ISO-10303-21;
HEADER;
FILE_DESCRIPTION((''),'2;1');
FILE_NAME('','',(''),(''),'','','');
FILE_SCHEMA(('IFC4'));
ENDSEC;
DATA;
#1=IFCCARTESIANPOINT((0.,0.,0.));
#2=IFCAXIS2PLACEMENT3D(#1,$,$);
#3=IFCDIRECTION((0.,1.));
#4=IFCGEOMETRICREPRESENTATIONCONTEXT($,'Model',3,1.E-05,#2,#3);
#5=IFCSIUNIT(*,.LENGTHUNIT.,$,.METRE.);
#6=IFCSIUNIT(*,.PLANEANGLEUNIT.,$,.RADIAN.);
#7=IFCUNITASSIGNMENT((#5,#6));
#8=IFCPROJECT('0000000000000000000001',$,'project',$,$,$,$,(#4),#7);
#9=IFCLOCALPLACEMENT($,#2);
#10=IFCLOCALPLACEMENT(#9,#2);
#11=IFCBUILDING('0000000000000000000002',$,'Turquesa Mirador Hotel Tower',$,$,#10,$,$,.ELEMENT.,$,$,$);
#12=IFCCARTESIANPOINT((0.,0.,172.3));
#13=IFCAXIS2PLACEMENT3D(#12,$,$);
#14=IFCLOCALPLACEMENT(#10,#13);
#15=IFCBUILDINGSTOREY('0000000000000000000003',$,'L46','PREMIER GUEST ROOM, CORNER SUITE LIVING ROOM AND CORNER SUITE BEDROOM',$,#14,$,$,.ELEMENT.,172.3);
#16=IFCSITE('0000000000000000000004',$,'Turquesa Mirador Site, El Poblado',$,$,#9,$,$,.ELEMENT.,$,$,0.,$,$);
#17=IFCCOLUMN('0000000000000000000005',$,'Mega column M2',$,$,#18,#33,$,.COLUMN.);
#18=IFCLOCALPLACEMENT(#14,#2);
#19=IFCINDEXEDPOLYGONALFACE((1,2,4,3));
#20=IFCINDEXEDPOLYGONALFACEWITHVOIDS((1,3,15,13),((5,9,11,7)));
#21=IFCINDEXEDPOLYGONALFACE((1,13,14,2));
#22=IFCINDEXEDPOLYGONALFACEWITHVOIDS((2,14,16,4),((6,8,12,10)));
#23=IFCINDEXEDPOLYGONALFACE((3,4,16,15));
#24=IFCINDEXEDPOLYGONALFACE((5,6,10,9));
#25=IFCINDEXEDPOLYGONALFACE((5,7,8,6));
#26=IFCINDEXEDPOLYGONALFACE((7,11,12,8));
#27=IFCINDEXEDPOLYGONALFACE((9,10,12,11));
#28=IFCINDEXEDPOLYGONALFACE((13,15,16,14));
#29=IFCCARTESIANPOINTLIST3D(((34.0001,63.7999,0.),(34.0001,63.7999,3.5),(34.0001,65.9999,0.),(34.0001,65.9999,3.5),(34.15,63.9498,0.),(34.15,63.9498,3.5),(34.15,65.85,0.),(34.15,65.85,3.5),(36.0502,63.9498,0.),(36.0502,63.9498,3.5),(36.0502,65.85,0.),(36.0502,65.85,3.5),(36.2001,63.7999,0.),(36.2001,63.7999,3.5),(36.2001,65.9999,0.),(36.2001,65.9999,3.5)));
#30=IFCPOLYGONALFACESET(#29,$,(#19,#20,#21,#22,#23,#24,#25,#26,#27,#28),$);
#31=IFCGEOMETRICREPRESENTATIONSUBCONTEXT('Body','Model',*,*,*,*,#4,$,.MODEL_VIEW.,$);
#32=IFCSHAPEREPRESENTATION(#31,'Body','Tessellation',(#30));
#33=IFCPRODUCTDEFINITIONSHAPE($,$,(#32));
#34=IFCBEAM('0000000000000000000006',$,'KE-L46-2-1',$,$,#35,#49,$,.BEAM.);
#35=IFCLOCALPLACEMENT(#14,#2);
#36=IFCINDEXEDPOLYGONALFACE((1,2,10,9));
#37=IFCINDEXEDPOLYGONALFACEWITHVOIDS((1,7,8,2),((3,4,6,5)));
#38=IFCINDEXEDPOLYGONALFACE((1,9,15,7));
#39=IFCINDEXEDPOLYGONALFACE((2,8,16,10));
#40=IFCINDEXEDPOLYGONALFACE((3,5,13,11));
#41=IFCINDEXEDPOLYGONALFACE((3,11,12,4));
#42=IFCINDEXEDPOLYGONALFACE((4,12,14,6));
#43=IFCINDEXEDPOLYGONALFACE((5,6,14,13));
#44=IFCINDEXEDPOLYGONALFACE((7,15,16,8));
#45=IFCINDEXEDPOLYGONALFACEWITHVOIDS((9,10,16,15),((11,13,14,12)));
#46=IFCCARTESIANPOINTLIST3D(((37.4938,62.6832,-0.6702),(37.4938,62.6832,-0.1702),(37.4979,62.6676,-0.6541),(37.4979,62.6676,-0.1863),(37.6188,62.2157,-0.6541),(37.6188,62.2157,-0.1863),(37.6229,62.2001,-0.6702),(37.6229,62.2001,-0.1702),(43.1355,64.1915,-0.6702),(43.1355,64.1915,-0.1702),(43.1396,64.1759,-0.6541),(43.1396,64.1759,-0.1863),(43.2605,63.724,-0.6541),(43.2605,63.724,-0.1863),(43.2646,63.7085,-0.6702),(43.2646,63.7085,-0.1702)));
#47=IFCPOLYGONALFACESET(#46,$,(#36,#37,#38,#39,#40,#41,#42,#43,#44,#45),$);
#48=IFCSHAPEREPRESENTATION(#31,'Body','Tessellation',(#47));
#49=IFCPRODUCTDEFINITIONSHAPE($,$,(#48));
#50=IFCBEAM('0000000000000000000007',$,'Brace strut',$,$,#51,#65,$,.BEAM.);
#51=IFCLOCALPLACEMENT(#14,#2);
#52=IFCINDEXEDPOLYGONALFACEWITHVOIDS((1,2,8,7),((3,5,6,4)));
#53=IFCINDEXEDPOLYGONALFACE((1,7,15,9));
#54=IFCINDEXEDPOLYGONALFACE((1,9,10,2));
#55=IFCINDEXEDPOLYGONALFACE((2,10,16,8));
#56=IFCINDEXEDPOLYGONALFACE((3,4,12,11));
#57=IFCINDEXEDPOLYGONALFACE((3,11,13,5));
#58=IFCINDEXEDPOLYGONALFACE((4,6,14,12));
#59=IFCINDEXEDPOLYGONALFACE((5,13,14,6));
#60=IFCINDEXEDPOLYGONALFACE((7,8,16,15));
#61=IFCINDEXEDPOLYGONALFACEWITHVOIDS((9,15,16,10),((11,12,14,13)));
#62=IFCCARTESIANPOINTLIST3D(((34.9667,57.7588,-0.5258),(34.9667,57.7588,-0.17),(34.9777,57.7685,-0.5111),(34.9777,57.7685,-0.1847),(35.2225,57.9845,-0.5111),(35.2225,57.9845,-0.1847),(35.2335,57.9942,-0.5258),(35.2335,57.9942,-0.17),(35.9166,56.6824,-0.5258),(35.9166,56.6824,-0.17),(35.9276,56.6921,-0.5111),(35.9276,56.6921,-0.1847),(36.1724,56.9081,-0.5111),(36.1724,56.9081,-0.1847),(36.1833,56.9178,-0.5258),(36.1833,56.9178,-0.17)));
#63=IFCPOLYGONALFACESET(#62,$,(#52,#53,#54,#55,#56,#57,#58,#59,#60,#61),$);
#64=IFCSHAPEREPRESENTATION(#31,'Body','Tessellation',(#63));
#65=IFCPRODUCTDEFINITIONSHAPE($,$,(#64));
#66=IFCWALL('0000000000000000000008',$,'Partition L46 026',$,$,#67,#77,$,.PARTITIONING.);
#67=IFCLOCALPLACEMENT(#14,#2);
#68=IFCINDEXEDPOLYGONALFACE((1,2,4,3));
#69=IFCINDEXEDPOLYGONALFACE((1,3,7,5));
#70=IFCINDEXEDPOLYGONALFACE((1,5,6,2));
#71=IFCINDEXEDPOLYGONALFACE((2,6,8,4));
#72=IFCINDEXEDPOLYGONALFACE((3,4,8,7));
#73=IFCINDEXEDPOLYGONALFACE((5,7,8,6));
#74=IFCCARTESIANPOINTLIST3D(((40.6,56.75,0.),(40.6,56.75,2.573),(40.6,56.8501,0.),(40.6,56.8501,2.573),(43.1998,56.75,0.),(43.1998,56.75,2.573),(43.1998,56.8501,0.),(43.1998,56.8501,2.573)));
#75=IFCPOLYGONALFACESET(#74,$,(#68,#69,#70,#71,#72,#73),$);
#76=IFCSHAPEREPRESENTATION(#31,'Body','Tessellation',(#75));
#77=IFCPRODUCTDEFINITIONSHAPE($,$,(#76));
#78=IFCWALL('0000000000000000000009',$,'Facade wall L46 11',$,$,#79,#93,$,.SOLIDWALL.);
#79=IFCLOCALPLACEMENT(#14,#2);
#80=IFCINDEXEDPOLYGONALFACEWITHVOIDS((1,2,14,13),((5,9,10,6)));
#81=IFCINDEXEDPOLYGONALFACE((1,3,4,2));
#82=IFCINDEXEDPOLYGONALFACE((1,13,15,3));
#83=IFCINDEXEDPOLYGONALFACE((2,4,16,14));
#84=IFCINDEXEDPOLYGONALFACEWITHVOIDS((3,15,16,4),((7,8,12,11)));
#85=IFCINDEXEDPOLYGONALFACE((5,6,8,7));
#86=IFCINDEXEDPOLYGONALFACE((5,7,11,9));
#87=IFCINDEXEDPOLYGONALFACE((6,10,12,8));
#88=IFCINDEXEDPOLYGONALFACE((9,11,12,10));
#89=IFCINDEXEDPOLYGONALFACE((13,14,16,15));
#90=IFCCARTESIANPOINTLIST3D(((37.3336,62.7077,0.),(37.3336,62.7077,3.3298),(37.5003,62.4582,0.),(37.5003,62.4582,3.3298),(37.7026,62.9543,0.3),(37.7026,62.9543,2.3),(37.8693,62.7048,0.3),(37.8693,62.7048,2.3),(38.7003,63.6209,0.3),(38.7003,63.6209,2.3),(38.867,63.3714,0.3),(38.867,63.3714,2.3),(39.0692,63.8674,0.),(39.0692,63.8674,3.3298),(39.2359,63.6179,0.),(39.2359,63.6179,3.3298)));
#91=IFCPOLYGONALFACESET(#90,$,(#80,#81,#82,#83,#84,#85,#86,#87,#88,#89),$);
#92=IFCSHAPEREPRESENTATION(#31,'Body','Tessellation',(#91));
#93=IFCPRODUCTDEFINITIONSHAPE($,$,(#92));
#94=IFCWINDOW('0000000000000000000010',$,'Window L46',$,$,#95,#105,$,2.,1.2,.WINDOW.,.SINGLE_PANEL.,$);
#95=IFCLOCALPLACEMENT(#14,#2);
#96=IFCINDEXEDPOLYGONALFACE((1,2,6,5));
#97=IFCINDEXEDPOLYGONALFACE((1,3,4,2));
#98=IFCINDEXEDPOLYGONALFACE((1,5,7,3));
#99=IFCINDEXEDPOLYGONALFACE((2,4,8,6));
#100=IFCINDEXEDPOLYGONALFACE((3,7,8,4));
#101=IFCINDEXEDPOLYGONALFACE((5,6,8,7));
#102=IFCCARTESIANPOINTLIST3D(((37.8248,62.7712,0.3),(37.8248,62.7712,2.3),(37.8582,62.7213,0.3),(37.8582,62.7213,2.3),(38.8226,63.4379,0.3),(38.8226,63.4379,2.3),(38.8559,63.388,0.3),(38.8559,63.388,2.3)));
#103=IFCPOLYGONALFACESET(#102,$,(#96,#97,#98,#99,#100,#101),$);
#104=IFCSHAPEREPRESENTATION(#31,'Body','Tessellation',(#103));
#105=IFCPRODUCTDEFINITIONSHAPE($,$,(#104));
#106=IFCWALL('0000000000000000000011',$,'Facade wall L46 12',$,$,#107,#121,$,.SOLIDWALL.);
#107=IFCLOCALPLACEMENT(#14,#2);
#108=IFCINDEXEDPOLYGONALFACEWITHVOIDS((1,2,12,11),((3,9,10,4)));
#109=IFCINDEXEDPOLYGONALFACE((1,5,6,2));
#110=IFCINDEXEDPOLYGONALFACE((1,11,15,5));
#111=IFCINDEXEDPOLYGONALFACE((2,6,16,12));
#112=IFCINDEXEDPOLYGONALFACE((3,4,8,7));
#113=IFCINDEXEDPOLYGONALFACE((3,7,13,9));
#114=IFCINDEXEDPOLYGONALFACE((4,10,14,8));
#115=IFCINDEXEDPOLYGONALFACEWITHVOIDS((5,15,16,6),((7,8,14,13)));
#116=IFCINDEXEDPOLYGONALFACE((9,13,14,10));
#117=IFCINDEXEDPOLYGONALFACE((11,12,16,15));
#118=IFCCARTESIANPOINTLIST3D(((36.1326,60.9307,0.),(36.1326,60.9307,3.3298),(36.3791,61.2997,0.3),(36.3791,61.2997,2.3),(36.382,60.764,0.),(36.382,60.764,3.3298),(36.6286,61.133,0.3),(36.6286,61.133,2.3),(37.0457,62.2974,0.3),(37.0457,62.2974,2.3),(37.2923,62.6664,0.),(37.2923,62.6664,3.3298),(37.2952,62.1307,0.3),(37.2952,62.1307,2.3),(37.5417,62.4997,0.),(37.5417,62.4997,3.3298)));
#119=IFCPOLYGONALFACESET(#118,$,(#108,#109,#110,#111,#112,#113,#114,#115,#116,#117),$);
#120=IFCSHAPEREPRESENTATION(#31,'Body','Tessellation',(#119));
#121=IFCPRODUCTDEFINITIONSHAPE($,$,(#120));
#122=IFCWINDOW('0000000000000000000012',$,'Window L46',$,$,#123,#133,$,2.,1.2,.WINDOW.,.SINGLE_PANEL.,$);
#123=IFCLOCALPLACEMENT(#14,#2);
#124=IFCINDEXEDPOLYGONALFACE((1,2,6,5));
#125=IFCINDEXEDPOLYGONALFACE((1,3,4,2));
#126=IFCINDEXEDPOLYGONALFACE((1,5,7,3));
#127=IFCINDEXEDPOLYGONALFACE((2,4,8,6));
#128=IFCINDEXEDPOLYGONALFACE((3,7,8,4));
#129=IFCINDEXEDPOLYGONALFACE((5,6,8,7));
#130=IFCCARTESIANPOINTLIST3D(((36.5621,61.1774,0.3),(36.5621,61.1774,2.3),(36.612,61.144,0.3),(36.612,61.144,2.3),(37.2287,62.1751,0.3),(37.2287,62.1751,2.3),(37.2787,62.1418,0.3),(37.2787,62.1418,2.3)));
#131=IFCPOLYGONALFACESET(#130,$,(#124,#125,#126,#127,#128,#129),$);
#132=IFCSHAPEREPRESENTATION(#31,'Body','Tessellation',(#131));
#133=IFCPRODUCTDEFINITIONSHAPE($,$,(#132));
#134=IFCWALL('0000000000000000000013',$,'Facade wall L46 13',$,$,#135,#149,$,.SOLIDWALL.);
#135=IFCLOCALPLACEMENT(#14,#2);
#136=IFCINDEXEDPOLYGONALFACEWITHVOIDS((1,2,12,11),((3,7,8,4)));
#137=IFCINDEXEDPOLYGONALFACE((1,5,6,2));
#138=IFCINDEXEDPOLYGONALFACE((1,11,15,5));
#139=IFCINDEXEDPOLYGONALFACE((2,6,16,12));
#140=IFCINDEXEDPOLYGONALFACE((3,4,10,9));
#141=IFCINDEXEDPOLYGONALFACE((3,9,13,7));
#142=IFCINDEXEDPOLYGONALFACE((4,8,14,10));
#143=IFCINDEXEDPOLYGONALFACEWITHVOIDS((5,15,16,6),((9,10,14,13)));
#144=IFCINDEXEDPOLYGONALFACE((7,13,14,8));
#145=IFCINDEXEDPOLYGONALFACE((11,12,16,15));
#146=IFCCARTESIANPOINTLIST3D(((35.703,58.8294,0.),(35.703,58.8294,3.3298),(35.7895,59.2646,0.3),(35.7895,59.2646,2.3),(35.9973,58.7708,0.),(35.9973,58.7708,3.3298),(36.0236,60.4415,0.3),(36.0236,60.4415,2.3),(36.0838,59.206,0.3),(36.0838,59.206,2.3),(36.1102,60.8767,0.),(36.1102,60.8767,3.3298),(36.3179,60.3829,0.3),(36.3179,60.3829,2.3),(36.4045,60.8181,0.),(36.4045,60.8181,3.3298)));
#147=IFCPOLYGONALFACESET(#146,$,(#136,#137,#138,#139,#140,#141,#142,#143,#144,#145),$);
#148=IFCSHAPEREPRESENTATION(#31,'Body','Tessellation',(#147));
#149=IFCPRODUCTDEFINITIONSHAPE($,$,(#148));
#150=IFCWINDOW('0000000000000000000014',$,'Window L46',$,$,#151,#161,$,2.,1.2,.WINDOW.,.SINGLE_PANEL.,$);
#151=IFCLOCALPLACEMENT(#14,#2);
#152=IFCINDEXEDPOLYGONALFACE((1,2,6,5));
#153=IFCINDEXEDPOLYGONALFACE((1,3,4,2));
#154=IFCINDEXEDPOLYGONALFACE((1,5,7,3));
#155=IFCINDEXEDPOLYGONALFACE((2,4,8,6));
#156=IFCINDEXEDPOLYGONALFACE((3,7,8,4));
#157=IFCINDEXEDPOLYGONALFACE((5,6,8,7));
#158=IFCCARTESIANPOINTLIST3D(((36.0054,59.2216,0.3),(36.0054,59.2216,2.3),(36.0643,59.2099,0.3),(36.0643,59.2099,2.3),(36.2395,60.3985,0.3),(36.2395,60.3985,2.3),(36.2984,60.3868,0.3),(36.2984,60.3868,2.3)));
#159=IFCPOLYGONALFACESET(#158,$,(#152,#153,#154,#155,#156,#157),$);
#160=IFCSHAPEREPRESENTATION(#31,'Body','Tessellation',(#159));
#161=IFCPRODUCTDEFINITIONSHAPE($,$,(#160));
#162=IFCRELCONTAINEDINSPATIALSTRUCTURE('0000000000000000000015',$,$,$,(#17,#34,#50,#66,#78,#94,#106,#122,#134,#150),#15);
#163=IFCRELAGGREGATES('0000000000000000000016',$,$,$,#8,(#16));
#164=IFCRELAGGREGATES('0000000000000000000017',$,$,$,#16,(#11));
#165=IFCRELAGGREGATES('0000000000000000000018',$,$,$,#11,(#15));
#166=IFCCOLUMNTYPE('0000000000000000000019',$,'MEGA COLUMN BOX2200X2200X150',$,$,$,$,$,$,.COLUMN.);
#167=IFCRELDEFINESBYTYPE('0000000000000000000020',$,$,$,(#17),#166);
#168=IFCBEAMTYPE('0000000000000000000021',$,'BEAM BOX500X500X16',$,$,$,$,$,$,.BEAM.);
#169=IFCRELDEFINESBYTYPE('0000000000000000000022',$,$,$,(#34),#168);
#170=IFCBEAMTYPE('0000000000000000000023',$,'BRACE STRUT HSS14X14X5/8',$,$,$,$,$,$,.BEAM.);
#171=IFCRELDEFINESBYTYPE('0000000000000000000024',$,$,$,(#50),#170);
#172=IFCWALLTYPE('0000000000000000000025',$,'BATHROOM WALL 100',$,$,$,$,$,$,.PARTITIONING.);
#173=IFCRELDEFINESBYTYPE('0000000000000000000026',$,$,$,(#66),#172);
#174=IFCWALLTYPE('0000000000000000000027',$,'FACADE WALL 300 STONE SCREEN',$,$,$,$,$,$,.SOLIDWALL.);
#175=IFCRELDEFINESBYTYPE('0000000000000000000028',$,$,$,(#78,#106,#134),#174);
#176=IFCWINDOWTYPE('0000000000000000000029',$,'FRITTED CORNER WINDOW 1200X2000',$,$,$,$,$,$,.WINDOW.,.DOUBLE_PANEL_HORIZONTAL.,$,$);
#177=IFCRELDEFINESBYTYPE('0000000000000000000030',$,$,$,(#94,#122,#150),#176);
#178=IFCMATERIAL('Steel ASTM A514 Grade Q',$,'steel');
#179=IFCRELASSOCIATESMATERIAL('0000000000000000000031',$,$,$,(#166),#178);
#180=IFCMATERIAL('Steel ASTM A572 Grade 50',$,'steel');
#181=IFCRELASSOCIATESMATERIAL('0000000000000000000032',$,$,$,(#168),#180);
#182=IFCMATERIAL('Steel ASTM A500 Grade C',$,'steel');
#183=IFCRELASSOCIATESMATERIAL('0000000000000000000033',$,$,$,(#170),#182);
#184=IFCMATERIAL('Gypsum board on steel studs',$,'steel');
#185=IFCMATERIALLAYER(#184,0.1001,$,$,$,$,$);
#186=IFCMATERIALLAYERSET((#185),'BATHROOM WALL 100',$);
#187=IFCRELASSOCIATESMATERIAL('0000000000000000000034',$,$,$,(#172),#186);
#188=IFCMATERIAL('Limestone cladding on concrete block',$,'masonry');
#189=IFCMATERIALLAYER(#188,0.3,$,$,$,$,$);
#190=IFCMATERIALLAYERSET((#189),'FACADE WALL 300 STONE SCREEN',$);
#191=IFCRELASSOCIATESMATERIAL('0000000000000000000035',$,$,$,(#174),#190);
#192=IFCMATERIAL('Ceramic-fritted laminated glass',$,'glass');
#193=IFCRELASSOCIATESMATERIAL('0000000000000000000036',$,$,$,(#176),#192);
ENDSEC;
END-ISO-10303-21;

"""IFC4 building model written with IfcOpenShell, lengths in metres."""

from ifc_helpers import new_model, si_unit, direction, frame, frame_2d, origin, origin_2d, place, context, subcontext, project, spatial, rectangle, hollow_rectangle, extrude, material, layer, layer_set, material_profile, profile_set, type_object, element, fill, save


model = new_model("IFC4")

# Units and contexts
model_context = context("Model", 3, precision=1e-05, world=origin(), true_north=direction((0.0, 1.0)))
body_context = subcontext(model_context, "Body", "Model", "MODEL_VIEW")
ifc_project = project(units=[si_unit("LENGTHUNIT", "METRE"), si_unit("PLANEANGLEUNIT", "RADIAN")], contexts=[model_context])

# Site, building, storey
site_placement = place(None, origin())
site = spatial("IfcSite", under=ifc_project, at=site_placement, Name="Turquesa Mirador Site, El Poblado", CompositionType="ELEMENT", RefElevation=0.0)
building_placement = place(site_placement, origin())
building = spatial("IfcBuilding", under=site, at=building_placement, Name="Turquesa Mirador Hotel Tower", CompositionType="ELEMENT")
storey_placement = place(building_placement, frame((0.0, 0.0, 172.3)))
storey = spatial("IfcBuildingStorey", under=building, at=storey_placement, Name="L46", Description="PREMIER GUEST ROOM, CORNER SUITE LIVING ROOM AND CORNER SUITE BEDROOM", CompositionType="ELEMENT", Elevation=172.3)

# Column
ifc_material_1 = material(Name="Steel ASTM A514 Grade Q", Category="steel")
ifc_material_profile_1 = material_profile(ifc_material_1, hollow_rectangle(XDim=2.2, YDim=2.2, WallThickness=0.1499, at=origin_2d()), Name="BOX2200X2200X150")
ifc_profile_set_1 = profile_set([ifc_material_profile_1], Name="Steel ASTM A514 Grade Q")
column_type = type_object("IfcColumnType", Name="MEGA COLUMN BOX2200X2200X150", PredefinedType="COLUMN", material=ifc_profile_set_1)
column_placement = place(storey_placement, frame((35.1001, 64.8999, 0.0), z_axis=(0.0, 0.0, 1.0), x_axis=(1.0, 0.0, 0.0)))
element("IfcColumn", 1, at=column_placement, inside=storey, type_object=column_type, Name="Mega column M2", PredefinedType="COLUMN", context=body_context, shape_type="SweptSolid", body=[
    extrude(hollow_rectangle(XDim=2.2, YDim=2.2, WallThickness=0.1499, at=origin_2d()), origin(), (0.0, 0.0, 1.0), 3.5),
])

# Beams
ifc_material_2 = material(Name="Steel ASTM A572 Grade 50", Category="steel")
ifc_material_profile_2 = material_profile(ifc_material_2, hollow_rectangle(XDim=0.5, YDim=0.5, WallThickness=0.0161, at=origin_2d()), Name="BOX500X500X16")
ifc_profile_set_2 = profile_set([ifc_material_profile_2], Name="Steel ASTM A572 Grade 50")
beam_type_1 = type_object("IfcBeamType", Name="BEAM BOX500X500X16", PredefinedType="BEAM", material=ifc_profile_set_2)
beam_1_placement = place(storey_placement, frame((37.5583, 62.4417, -0.4202), z_axis=(0.96607, 0.258282, 0.0), x_axis=(-0.258282, 0.96607, 0.0)))
element("IfcBeam", 2, at=beam_1_placement, inside=storey, type_object=beam_type_1, Name="KE-L46-2-1", PredefinedType="BEAM", context=body_context, shape_type="SweptSolid", body=[
    extrude(hollow_rectangle(XDim=0.5, YDim=0.5, WallThickness=0.0161, at=origin_2d()), origin(), (0.0, 0.0, 1.0), 5.8398),
])
ifc_material_3 = material(Name="Steel ASTM A500 Grade C", Category="steel")
ifc_material_profile_3 = material_profile(ifc_material_3, hollow_rectangle(XDim=0.3557, YDim=0.3557, WallThickness=0.0146, at=origin_2d()), Name="HSS14X14X5/8")
ifc_profile_set_3 = profile_set([ifc_material_profile_3], Name="Steel ASTM A500 Grade C")
beam_type_2 = type_object("IfcBeamType", Name="BRACE STRUT HSS14X14X5/8", PredefinedType="BEAM", material=ifc_profile_set_3)
beam_2_placement = place(storey_placement, frame((35.1001, 57.8765, -0.3479), z_axis=(0.661689, -0.749778, 0.0), x_axis=(0.749778, 0.661689, 0.0)))
element("IfcBeam", 3, at=beam_2_placement, inside=storey, type_object=beam_type_2, Name="Brace strut", PredefinedType="BEAM", context=body_context, shape_type="SweptSolid", body=[
    extrude(hollow_rectangle(XDim=0.3557, YDim=0.3557, WallThickness=0.0146, at=origin_2d()), origin(), (0.0, 0.0, 1.0), 1.4355),
])

# Wall
ifc_material_4 = material(Name="Gypsum board on steel studs", Category="steel")
ifc_layer_1 = layer(ifc_material_4, 0.1001)
ifc_layer_set_1 = layer_set([ifc_layer_1], Name="BATHROOM WALL 100")
wall_type_1 = type_object("IfcWallType", Name="BATHROOM WALL 100", PredefinedType="PARTITIONING", material=ifc_layer_set_1)
wall_1_placement = place(storey_placement, frame((40.6001, 56.8, 0.0), z_axis=(0.0, 0.0, 1.0), x_axis=(1.0, 0.0, 0.0)))
element("IfcWall", 4, at=wall_1_placement, inside=storey, type_object=wall_type_1, Name="Partition L46 026", PredefinedType="PARTITIONING", context=body_context, shape_type="SweptSolid", body=[
    extrude(rectangle(XDim=2.5999, YDim=0.1001, at=frame_2d((1.2998, 0.0))), origin(), (0.0, 0.0, 1.0), 2.573),
])

# Walls, openings, windows
ifc_material_5 = material(Name="Limestone cladding on concrete block", Category="masonry")
ifc_layer_2 = layer(ifc_material_5, 0.3)
ifc_layer_set_2 = layer_set([ifc_layer_2], Name="FACADE WALL 300 STONE SCREEN")
wall_type_2 = type_object("IfcWallType", Name="FACADE WALL 300 STONE SCREEN", PredefinedType="SOLIDWALL", material=ifc_layer_set_2)
wall_2_placement = place(storey_placement, frame((39.1526, 63.7427, 0.0), z_axis=(0.0, 0.0, 1.0), x_axis=(-0.831474, -0.555564, 0.0)))
wall_2 = element("IfcWall", 5, at=wall_2_placement, inside=storey, type_object=wall_type_2, Name="Facade wall L46 11", PredefinedType="SOLIDWALL", context=body_context, shape_type="SweptSolid", body=[
    extrude(rectangle(XDim=2.0874, YDim=0.3, at=frame_2d((1.0437, 0.0))), origin(), (0.0, 0.0, 1.0), 3.3298),
])
opening_1_placement = place(wall_2_placement, frame((0.4436, 0.0, 0.3)))
opening_1 = element("IfcOpeningElement", 6, at=opening_1_placement, cuts=wall_2, PredefinedType="OPENING", context=body_context, shape_type="SweptSolid", body=[
    extrude(rectangle(XDim=1.2, YDim=2.0, at=frame_2d((0.6001, 1.0))), frame((0.0, 0.1599, 0.0), z_axis=(0.0, -1.0, 0.0), x_axis=(1.0, 0.0, 0.0)), (0.0, 0.0, 1.0), 0.3201),
])
ifc_material_6 = material(Name="Ceramic-fritted laminated glass", Category="glass")
window_type_1 = type_object("IfcWindowType", Name="FRITTED CORNER WINDOW 1200X2000", PartitioningType="DOUBLE_PANEL_HORIZONTAL", PredefinedType="WINDOW", material=ifc_material_6)
window_1_placement = place(opening_1_placement, origin())
window_1 = element("IfcWindow", 7, at=window_1_placement, inside=storey, type_object=window_type_1, Name="Window L46", OverallHeight=2.0, OverallWidth=1.2, PartitioningType="SINGLE_PANEL", PredefinedType="WINDOW", context=body_context, shape_type="SweptSolid", body=[
    extrude(rectangle(XDim=1.2, YDim=2.0, at=frame_2d((0.6001, 1.0))), frame((0.0, 0.1301, 0.0), z_axis=(0.0, -1.0, 0.0), x_axis=(1.0, 0.0, 0.0)), (0.0, 0.0, 1.0), 0.0601),
])
fill(opening_1, window_1)
wall_3_placement = place(storey_placement, frame((37.417, 62.583, 0.0), z_axis=(0.0, 0.0, 1.0), x_axis=(-0.555564, -0.831474, 0.0)))
wall_3 = element("IfcWall", 8, at=wall_3_placement, inside=storey, type_object=wall_type_2, Name="Facade wall L46 12", PredefinedType="SOLIDWALL", context=body_context, shape_type="SweptSolid", body=[
    extrude(rectangle(XDim=2.0874, YDim=0.3, at=frame_2d((1.0437, 0.0))), origin(), (0.0, 0.0, 1.0), 3.3298),
])
opening_2_placement = place(wall_3_placement, frame((0.4436, 0.0, 0.3)))
opening_2 = element("IfcOpeningElement", 9, at=opening_2_placement, cuts=wall_3, PredefinedType="OPENING", context=body_context, shape_type="SweptSolid", body=[
    extrude(rectangle(XDim=1.2, YDim=2.0, at=frame_2d((0.6001, 1.0))), frame((0.0, 0.1599, 0.0), z_axis=(0.0, -1.0, 0.0), x_axis=(1.0, 0.0, 0.0)), (0.0, 0.0, 1.0), 0.3201),
])
window_2_placement = place(opening_2_placement, origin())
window_2 = element("IfcWindow", 10, at=window_2_placement, inside=storey, type_object=window_type_1, Name="Window L46", OverallHeight=2.0, OverallWidth=1.2, PartitioningType="SINGLE_PANEL", PredefinedType="WINDOW", context=body_context, shape_type="SweptSolid", body=[
    extrude(rectangle(XDim=1.2, YDim=2.0, at=frame_2d((0.6001, 1.0))), frame((0.0, 0.1301, 0.0), z_axis=(0.0, -1.0, 0.0), x_axis=(1.0, 0.0, 0.0)), (0.0, 0.0, 1.0), 0.0601),
])
fill(opening_2, window_2)
wall_4_placement = place(storey_placement, frame((36.2573, 60.8474, 0.0), z_axis=(0.0, 0.0, 1.0), x_axis=(-0.195081, -0.980787, 0.0)))
wall_4 = element("IfcWall", 11, at=wall_4_placement, inside=storey, type_object=wall_type_2, Name="Facade wall L46 13", PredefinedType="SOLIDWALL", context=body_context, shape_type="SweptSolid", body=[
    extrude(rectangle(XDim=2.0874, YDim=0.3, at=frame_2d((1.0437, 0.0))), origin(), (0.0, 0.0, 1.0), 3.3298),
])
opening_3_placement = place(wall_4_placement, frame((0.4436, 0.0, 0.3)))
opening_3 = element("IfcOpeningElement", 12, at=opening_3_placement, cuts=wall_4, PredefinedType="OPENING", context=body_context, shape_type="SweptSolid", body=[
    extrude(rectangle(XDim=1.2, YDim=2.0, at=frame_2d((0.6001, 1.0))), frame((0.0, 0.1599, 0.0), z_axis=(0.0, -1.0, 0.0), x_axis=(1.0, 0.0, 0.0)), (0.0, 0.0, 1.0), 0.3201),
])
window_3_placement = place(opening_3_placement, origin())
window_3 = element("IfcWindow", 13, at=window_3_placement, inside=storey, type_object=window_type_1, Name="Window L46", OverallHeight=2.0, OverallWidth=1.2, PartitioningType="SINGLE_PANEL", PredefinedType="WINDOW", context=body_context, shape_type="SweptSolid", body=[
    extrude(rectangle(XDim=1.2, YDim=2.0, at=frame_2d((0.6001, 1.0))), frame((0.0, 0.1301, 0.0), z_axis=(0.0, -1.0, 0.0), x_axis=(1.0, 0.0, 0.0)), (0.0, 0.0, 1.0), 0.0601),
])
fill(opening_3, window_3)

save(model, "model.ifc")
